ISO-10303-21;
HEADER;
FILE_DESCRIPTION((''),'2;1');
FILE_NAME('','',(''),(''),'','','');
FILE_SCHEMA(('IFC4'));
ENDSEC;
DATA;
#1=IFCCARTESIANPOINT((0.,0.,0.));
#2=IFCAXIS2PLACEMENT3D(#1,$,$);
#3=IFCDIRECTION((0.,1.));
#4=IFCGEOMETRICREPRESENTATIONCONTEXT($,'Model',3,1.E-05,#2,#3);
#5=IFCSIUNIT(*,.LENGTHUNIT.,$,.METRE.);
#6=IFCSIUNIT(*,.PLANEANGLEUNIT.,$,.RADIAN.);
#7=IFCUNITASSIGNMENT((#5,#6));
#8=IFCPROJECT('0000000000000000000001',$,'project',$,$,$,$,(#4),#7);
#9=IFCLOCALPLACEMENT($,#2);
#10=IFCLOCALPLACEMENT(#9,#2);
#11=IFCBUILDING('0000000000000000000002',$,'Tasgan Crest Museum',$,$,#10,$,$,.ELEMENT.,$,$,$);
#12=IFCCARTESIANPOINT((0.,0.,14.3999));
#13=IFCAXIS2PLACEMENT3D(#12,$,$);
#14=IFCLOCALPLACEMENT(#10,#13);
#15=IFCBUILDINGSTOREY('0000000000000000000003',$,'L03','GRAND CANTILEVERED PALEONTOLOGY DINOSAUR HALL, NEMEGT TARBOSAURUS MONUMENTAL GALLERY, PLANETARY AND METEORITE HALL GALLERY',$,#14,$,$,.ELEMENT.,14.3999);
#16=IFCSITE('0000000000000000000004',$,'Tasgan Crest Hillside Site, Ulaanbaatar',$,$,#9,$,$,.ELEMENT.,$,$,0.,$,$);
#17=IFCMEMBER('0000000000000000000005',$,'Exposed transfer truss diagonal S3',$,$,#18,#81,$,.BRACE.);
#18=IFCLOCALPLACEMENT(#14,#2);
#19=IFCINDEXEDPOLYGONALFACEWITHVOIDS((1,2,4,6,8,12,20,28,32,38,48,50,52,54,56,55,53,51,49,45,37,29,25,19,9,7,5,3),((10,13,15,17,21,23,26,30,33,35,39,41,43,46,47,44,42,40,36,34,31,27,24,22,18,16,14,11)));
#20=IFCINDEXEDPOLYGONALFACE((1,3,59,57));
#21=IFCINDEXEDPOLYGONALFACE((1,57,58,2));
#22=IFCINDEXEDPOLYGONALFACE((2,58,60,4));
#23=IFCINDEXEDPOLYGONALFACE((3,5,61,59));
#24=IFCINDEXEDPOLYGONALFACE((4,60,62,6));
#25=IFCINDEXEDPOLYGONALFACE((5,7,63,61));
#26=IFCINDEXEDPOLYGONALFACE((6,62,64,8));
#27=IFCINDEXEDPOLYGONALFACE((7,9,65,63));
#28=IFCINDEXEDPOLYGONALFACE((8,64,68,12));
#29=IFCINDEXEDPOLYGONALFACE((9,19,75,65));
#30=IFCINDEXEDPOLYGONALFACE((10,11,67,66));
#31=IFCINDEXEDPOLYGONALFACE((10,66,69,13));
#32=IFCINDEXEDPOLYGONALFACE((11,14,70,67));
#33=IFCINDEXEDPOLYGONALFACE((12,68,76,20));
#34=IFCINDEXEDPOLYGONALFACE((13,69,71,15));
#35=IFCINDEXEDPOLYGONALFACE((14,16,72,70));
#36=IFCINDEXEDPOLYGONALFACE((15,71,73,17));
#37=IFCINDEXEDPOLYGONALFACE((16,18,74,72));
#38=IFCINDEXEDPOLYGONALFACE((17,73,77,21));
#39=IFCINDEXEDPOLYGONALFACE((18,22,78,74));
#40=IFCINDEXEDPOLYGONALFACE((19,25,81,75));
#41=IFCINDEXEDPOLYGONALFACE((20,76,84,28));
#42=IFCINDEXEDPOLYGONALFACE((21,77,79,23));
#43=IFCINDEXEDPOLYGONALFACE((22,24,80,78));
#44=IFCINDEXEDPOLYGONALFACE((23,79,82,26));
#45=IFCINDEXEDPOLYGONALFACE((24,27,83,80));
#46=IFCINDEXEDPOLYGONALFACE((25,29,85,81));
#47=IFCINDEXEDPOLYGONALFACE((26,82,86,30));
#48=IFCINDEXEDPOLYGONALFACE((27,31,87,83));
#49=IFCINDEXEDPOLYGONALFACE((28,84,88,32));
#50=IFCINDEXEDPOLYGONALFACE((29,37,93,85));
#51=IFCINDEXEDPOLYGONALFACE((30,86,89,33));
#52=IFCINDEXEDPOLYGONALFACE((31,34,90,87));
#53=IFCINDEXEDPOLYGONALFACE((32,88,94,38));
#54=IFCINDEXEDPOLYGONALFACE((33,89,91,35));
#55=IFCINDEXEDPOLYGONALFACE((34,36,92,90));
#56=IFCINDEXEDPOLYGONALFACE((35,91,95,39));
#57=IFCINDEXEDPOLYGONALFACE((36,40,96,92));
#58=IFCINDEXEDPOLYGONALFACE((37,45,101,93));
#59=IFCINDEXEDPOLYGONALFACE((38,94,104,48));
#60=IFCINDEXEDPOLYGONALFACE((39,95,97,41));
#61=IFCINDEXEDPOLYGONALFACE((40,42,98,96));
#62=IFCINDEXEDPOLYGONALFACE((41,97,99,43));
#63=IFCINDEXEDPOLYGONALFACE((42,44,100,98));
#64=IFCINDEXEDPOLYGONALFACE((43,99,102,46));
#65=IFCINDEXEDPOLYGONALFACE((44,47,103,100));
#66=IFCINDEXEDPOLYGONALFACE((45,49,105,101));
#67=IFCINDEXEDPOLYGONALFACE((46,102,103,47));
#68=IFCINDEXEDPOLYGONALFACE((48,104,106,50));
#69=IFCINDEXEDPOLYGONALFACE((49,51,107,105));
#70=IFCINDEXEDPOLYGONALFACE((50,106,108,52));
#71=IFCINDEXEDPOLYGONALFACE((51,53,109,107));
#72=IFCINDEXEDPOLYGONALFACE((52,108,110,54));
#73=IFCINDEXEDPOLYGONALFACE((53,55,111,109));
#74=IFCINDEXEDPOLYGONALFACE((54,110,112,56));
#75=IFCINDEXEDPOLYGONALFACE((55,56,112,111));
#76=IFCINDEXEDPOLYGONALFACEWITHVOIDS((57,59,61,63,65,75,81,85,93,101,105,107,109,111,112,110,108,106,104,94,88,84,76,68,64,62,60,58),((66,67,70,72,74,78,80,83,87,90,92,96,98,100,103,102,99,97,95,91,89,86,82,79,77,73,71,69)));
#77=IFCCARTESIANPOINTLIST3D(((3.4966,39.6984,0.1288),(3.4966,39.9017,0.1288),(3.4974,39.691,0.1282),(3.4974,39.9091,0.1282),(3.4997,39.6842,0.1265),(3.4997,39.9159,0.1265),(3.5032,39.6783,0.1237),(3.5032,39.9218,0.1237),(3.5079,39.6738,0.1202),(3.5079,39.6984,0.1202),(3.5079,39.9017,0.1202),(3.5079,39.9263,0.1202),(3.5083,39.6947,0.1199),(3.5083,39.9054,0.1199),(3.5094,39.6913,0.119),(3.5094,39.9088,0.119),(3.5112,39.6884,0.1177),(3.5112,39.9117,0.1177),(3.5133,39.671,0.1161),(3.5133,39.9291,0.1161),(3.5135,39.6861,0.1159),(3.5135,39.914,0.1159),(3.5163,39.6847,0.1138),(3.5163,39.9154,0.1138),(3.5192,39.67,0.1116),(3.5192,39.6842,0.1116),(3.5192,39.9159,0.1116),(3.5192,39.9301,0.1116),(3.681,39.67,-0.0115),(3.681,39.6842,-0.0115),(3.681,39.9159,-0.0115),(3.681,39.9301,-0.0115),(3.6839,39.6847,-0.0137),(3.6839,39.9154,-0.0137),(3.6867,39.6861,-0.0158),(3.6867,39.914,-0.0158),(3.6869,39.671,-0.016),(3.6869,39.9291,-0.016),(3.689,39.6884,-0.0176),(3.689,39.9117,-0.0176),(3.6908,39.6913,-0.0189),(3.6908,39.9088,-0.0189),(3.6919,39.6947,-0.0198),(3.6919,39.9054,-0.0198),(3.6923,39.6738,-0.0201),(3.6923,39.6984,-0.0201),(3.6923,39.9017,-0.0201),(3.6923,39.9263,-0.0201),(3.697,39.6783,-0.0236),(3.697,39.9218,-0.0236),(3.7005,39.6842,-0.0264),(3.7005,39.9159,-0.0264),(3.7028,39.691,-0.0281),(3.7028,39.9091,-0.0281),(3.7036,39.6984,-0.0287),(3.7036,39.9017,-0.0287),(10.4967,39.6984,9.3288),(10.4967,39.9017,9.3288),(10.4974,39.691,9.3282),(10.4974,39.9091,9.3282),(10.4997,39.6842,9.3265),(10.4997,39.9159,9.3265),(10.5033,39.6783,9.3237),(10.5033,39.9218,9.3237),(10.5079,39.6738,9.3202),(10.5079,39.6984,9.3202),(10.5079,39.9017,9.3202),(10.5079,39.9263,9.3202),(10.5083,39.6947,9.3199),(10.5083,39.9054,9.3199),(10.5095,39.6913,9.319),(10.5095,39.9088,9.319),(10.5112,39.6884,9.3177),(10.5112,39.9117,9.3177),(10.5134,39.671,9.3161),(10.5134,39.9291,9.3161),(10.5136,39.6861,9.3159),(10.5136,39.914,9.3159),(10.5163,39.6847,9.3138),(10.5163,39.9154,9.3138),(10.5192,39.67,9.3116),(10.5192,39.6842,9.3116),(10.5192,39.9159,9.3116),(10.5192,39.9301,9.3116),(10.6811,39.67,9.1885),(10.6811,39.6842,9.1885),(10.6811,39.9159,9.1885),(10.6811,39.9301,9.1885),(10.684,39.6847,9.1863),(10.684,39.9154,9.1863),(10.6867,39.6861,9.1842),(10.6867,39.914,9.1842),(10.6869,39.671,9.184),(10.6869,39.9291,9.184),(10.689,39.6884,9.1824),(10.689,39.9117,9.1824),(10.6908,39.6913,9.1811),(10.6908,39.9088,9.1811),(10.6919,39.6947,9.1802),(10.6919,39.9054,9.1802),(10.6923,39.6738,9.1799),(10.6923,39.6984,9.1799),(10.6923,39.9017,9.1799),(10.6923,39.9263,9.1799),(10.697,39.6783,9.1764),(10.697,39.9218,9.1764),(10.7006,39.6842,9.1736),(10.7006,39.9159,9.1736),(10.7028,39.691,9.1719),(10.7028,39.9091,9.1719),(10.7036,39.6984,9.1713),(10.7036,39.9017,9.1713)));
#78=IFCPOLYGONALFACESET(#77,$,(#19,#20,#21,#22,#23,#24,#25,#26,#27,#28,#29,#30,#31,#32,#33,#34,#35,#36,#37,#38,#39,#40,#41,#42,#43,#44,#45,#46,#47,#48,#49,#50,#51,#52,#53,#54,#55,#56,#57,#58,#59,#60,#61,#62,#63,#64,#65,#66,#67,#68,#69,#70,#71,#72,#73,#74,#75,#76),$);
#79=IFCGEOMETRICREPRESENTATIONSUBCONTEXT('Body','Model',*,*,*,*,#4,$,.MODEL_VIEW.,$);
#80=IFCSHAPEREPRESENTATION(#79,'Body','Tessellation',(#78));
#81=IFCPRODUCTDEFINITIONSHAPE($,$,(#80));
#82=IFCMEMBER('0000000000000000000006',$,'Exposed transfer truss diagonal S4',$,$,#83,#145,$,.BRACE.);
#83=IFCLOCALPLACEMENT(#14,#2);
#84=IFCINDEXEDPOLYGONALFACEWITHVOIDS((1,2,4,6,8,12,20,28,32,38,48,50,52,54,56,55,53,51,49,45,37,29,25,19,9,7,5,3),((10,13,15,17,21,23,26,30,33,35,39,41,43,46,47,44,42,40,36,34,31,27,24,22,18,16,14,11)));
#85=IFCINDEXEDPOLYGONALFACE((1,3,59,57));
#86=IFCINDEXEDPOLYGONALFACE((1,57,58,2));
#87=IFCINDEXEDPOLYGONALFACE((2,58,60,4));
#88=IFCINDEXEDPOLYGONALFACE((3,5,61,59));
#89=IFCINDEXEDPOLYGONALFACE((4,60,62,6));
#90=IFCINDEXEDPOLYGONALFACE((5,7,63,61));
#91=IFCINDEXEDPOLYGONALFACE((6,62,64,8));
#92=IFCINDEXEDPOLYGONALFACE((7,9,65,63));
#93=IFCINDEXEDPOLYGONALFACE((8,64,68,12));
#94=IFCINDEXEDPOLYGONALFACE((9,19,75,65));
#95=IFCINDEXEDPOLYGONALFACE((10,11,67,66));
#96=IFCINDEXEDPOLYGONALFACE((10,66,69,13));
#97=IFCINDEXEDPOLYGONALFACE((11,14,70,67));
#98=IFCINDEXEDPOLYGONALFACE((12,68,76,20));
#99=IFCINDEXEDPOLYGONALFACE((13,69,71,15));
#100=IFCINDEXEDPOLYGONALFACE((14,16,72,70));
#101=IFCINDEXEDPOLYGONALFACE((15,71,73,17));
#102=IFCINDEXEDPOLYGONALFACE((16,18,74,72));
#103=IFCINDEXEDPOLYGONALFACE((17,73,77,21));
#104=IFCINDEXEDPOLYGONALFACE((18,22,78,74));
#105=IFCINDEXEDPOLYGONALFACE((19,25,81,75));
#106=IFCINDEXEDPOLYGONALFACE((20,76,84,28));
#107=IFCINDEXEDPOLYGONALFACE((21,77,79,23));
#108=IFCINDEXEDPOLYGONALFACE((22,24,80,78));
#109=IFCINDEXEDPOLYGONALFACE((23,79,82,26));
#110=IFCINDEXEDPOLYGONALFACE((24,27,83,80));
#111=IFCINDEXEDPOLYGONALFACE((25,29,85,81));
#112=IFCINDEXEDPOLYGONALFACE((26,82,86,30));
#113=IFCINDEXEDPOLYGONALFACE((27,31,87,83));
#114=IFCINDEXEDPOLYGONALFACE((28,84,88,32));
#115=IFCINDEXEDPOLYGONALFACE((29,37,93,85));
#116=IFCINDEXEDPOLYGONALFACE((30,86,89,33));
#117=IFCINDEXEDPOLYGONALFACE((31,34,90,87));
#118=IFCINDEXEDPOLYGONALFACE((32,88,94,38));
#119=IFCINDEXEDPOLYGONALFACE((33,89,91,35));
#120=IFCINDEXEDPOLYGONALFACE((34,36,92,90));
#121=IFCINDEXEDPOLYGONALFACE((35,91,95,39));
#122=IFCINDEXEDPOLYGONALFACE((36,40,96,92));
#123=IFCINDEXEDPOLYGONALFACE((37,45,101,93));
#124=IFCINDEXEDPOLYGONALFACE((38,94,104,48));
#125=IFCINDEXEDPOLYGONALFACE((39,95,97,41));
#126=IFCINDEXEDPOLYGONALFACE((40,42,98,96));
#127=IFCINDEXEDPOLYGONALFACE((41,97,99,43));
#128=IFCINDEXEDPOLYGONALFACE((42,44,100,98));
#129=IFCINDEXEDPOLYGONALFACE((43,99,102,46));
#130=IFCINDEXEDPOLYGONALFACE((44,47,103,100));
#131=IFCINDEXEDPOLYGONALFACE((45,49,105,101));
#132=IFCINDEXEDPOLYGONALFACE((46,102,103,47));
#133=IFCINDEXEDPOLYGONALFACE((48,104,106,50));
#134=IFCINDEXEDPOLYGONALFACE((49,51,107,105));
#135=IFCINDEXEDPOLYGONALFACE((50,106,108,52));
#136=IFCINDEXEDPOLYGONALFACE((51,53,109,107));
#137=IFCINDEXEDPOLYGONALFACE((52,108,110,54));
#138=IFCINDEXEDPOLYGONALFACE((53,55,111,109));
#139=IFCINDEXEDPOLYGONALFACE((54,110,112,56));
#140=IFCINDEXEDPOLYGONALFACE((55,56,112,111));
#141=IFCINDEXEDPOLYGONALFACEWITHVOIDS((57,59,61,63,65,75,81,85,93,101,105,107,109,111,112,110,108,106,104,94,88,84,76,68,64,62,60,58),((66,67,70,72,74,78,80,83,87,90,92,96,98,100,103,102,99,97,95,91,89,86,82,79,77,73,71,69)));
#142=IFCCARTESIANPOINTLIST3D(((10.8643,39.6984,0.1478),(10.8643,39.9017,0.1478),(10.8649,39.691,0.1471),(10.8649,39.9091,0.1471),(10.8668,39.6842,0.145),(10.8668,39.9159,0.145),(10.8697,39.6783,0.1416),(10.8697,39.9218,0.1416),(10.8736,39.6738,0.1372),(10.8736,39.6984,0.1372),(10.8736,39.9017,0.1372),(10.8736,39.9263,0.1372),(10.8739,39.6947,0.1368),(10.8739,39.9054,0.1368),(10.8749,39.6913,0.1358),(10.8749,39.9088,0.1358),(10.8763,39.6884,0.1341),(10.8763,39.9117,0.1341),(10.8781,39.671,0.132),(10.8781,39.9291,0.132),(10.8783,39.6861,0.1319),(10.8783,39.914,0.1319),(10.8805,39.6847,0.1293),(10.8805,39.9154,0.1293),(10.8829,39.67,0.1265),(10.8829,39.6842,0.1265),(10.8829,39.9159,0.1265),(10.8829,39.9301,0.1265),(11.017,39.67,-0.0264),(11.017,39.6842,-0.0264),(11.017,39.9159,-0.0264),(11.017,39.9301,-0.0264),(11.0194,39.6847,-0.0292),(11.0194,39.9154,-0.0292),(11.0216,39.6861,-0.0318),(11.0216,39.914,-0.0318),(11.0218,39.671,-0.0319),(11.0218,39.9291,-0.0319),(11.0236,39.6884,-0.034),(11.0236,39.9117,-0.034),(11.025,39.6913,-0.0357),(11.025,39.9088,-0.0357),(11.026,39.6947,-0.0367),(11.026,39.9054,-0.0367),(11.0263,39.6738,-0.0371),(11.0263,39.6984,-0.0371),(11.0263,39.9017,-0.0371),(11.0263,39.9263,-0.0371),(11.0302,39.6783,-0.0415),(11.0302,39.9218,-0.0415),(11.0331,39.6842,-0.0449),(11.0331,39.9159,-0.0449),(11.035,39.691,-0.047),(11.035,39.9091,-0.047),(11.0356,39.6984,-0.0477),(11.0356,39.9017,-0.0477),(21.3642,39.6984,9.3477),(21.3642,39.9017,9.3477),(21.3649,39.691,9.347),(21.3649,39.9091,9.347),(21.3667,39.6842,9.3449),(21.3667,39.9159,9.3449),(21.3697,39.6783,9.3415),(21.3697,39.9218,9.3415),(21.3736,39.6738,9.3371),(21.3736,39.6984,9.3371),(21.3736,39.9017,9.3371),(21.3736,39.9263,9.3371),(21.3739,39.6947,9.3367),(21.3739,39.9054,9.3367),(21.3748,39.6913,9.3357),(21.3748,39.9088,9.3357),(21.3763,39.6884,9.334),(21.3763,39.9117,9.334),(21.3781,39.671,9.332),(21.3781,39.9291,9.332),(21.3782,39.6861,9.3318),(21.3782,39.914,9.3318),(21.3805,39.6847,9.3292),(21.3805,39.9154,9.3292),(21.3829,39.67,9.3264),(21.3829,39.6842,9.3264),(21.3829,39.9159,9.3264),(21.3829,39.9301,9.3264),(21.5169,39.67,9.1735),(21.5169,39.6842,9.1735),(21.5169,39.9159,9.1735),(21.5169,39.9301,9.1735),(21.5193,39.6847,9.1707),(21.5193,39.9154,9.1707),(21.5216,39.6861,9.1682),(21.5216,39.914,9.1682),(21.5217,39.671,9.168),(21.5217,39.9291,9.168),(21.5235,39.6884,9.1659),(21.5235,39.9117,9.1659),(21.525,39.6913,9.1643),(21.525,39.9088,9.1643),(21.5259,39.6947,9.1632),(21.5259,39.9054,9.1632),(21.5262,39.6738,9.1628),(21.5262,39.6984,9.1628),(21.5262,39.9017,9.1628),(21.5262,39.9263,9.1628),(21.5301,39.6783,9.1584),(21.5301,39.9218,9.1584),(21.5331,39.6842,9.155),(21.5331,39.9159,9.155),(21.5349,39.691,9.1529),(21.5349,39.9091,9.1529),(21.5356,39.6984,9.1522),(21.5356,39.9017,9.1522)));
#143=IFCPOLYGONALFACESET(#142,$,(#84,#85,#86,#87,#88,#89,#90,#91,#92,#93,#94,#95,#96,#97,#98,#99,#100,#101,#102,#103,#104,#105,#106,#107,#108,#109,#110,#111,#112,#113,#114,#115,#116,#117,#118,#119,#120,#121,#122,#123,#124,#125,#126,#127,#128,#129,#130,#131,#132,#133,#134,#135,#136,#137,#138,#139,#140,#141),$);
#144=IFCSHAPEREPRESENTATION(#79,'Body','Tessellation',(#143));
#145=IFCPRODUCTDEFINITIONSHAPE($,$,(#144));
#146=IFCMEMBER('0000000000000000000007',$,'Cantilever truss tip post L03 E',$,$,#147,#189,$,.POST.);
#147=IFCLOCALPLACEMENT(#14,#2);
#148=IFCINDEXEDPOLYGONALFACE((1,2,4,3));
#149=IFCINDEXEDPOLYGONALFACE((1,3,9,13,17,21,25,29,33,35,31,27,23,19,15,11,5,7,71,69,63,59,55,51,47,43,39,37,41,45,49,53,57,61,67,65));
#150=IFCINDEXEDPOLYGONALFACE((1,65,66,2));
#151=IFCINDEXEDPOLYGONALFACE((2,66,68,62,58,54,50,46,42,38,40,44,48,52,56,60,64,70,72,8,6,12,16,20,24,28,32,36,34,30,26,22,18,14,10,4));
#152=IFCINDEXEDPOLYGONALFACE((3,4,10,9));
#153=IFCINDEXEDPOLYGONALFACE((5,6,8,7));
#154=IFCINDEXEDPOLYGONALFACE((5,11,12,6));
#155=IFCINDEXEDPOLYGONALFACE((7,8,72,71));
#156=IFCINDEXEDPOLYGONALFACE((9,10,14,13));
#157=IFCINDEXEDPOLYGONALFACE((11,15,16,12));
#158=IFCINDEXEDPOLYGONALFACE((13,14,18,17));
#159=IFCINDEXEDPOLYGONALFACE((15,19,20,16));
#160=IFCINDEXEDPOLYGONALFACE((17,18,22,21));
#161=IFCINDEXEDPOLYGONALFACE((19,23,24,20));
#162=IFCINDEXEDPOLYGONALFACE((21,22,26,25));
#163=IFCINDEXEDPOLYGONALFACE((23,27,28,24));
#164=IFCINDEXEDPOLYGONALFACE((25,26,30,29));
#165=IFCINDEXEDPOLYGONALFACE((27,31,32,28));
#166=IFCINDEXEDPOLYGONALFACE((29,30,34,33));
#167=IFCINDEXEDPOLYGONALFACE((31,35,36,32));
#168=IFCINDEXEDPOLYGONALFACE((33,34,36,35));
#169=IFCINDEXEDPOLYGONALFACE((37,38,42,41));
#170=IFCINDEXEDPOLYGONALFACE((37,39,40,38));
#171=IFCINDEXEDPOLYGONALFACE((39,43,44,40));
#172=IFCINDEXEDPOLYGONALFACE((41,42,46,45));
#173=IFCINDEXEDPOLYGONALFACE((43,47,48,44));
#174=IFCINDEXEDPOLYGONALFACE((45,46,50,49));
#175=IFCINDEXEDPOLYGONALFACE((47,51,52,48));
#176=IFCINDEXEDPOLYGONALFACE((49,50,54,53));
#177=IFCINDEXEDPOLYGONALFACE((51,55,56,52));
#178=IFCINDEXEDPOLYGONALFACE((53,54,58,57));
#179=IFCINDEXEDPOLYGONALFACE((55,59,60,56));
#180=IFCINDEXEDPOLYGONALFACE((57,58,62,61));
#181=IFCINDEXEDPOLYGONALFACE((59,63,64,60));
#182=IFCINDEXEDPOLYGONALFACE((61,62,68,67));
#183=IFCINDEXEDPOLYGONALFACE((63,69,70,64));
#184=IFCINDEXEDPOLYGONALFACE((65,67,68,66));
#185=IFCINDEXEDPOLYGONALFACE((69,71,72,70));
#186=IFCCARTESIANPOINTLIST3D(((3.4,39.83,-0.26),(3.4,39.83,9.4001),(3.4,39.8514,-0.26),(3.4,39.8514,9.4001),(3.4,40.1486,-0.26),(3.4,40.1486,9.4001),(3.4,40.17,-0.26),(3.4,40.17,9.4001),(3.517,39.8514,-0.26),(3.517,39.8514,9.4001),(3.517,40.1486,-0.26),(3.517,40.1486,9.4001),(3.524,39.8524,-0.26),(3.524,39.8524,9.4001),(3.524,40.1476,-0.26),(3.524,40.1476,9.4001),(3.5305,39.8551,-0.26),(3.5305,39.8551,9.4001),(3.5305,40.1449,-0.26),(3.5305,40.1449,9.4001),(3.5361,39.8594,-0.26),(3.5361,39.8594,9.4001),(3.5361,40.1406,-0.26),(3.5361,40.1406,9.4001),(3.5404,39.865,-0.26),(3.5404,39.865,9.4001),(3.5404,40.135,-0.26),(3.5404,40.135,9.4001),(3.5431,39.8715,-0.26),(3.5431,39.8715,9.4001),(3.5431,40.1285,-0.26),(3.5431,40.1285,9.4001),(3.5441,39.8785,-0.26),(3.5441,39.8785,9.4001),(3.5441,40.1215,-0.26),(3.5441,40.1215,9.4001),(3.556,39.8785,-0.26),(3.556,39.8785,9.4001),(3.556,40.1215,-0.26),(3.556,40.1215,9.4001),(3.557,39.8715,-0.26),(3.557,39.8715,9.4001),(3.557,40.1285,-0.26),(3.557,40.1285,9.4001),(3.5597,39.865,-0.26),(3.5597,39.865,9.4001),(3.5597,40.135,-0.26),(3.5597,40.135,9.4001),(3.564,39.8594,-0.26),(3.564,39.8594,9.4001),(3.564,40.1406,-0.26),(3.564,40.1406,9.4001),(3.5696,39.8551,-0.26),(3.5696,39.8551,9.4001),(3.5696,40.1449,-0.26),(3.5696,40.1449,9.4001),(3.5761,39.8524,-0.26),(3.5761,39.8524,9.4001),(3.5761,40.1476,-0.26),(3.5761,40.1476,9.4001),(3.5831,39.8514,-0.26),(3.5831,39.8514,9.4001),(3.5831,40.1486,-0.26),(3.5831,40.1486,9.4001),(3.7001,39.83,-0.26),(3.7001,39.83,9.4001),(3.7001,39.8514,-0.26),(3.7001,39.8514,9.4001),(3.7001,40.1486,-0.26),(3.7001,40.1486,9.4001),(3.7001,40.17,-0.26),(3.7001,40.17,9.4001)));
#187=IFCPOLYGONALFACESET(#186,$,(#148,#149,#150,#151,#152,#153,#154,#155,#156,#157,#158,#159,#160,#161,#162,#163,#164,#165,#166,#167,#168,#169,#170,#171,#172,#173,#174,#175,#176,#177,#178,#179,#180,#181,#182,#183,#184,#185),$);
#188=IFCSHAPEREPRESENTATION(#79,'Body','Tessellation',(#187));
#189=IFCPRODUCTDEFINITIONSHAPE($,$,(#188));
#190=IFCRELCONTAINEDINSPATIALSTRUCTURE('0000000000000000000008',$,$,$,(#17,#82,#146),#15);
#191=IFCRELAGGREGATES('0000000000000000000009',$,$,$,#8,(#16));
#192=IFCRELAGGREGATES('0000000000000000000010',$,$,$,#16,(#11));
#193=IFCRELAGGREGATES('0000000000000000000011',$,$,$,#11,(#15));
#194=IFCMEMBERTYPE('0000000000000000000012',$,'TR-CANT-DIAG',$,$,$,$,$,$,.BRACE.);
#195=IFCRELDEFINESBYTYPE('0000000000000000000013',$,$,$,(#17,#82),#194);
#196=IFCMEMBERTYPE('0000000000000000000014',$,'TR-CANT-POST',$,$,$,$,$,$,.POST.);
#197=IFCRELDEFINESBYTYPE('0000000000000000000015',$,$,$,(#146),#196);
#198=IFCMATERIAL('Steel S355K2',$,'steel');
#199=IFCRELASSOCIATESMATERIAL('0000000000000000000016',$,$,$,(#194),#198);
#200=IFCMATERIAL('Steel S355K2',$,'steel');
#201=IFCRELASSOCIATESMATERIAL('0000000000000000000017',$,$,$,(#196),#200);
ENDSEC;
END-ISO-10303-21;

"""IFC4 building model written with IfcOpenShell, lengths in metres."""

from ifc_helpers import new_model, si_unit, direction, frame, origin, origin_2d, place, context, subcontext, project, spatial, hollow_rectangle, i_section, extrude, material, material_profile, profile_set, type_object, element, save


model = new_model("IFC4")

# Units and contexts
model_context = context("Model", 3, precision=1e-05, world=origin(), true_north=direction((0.0, 1.0)))
body_context = subcontext(model_context, "Body", "Model", "MODEL_VIEW")
ifc_project = project(units=[si_unit("LENGTHUNIT", "METRE"), si_unit("PLANEANGLEUNIT", "RADIAN")], contexts=[model_context])

# Site, building, storey
site_placement = place(None, origin())
site = spatial("IfcSite", under=ifc_project, at=site_placement, Name="Tasgan Crest Hillside Site, Ulaanbaatar", CompositionType="ELEMENT", RefElevation=0.0)
building_placement = place(site_placement, origin())
building = spatial("IfcBuilding", under=site, at=building_placement, Name="Tasgan Crest Museum", CompositionType="ELEMENT")
storey_placement = place(building_placement, frame((0.0, 0.0, 14.3999)))
storey = spatial("IfcBuildingStorey", under=building, at=storey_placement, Name="L03", Description="GRAND CANTILEVERED PALEONTOLOGY DINOSAUR HALL, NEMEGT TARBOSAURUS MONUMENTAL GALLERY, PLANETARY AND METEORITE HALL GALLERY", CompositionType="ELEMENT", Elevation=14.3999)

# Members
ifc_material_1 = material(Name="Steel S355K2", Category="steel")
ifc_material_profile_1 = material_profile(ifc_material_1, hollow_rectangle(XDim=0.26, YDim=0.26, WallThickness=0.0142, InnerFilletRadius=0.0142, OuterFilletRadius=0.0283, at=origin_2d()), Name="SHS 260x260x14.2")
ifc_profile_set_1 = profile_set([ifc_material_profile_1], Name="Steel S355K2")
member_type_1 = type_object("IfcMemberType", Name="TR-CANT-DIAG", PredefinedType="BRACE", material=ifc_profile_set_1)
member_1_placement = place(storey_placement, frame((3.6001, 39.8, 0.05), z_axis=(0.605524, 0.0, 0.795827), x_axis=(0.0, 1.0, 0.0)))
element("IfcMember", 1, at=member_1_placement, inside=storey, type_object=member_type_1, Name="Exposed transfer truss diagonal S3", PredefinedType="BRACE", context=body_context, shape_type="SweptSolid", body=[
    extrude(hollow_rectangle(XDim=0.26, YDim=0.26, WallThickness=0.0142, InnerFilletRadius=0.0142, OuterFilletRadius=0.0283, at=origin_2d()), origin(), (0.0, 0.0, 1.0), 11.5603),
])
member_2_placement = place(storey_placement, frame((10.95, 39.8, 0.05), z_axis=(0.752135, 0.0, 0.65901), x_axis=(0.0, 1.0, 0.0)))
element("IfcMember", 2, at=member_2_placement, inside=storey, type_object=member_type_1, Name="Exposed transfer truss diagonal S4", PredefinedType="BRACE", context=body_context, shape_type="SweptSolid", body=[
    extrude(hollow_rectangle(XDim=0.26, YDim=0.26, WallThickness=0.0142, InnerFilletRadius=0.0142, OuterFilletRadius=0.0283, at=origin_2d()), origin(), (0.0, 0.0, 1.0), 13.9602),
])
ifc_material_2 = material(Name="Steel S355K2", Category="steel")
ifc_material_profile_2 = material_profile(ifc_material_2, i_section(OverallWidth=0.3, OverallDepth=0.3401, WebThickness=0.012, FlangeThickness=0.0215, FilletRadius=0.0271, at=origin_2d()), Name="HEB 340")
ifc_profile_set_2 = profile_set([ifc_material_profile_2], Name="Steel S355K2")
member_type_2 = type_object("IfcMemberType", Name="TR-CANT-POST", PredefinedType="POST", material=ifc_profile_set_2)
member_3_placement = place(storey_placement, frame((3.55, 40.0, -0.26), z_axis=(0.0, 0.0, 1.0), x_axis=(1.0, 0.0, 0.0)))
element("IfcMember", 3, at=member_3_placement, inside=storey, type_object=member_type_2, Name="Cantilever truss tip post L03 E", PredefinedType="POST", context=body_context, shape_type="SweptSolid", body=[
    extrude(i_section(OverallWidth=0.3, OverallDepth=0.3401, WebThickness=0.012, FlangeThickness=0.0215, FilletRadius=0.0271, at=origin_2d()), origin(), (0.0, 0.0, 1.0), 9.6602),
])

save(model, "model.ifc")
